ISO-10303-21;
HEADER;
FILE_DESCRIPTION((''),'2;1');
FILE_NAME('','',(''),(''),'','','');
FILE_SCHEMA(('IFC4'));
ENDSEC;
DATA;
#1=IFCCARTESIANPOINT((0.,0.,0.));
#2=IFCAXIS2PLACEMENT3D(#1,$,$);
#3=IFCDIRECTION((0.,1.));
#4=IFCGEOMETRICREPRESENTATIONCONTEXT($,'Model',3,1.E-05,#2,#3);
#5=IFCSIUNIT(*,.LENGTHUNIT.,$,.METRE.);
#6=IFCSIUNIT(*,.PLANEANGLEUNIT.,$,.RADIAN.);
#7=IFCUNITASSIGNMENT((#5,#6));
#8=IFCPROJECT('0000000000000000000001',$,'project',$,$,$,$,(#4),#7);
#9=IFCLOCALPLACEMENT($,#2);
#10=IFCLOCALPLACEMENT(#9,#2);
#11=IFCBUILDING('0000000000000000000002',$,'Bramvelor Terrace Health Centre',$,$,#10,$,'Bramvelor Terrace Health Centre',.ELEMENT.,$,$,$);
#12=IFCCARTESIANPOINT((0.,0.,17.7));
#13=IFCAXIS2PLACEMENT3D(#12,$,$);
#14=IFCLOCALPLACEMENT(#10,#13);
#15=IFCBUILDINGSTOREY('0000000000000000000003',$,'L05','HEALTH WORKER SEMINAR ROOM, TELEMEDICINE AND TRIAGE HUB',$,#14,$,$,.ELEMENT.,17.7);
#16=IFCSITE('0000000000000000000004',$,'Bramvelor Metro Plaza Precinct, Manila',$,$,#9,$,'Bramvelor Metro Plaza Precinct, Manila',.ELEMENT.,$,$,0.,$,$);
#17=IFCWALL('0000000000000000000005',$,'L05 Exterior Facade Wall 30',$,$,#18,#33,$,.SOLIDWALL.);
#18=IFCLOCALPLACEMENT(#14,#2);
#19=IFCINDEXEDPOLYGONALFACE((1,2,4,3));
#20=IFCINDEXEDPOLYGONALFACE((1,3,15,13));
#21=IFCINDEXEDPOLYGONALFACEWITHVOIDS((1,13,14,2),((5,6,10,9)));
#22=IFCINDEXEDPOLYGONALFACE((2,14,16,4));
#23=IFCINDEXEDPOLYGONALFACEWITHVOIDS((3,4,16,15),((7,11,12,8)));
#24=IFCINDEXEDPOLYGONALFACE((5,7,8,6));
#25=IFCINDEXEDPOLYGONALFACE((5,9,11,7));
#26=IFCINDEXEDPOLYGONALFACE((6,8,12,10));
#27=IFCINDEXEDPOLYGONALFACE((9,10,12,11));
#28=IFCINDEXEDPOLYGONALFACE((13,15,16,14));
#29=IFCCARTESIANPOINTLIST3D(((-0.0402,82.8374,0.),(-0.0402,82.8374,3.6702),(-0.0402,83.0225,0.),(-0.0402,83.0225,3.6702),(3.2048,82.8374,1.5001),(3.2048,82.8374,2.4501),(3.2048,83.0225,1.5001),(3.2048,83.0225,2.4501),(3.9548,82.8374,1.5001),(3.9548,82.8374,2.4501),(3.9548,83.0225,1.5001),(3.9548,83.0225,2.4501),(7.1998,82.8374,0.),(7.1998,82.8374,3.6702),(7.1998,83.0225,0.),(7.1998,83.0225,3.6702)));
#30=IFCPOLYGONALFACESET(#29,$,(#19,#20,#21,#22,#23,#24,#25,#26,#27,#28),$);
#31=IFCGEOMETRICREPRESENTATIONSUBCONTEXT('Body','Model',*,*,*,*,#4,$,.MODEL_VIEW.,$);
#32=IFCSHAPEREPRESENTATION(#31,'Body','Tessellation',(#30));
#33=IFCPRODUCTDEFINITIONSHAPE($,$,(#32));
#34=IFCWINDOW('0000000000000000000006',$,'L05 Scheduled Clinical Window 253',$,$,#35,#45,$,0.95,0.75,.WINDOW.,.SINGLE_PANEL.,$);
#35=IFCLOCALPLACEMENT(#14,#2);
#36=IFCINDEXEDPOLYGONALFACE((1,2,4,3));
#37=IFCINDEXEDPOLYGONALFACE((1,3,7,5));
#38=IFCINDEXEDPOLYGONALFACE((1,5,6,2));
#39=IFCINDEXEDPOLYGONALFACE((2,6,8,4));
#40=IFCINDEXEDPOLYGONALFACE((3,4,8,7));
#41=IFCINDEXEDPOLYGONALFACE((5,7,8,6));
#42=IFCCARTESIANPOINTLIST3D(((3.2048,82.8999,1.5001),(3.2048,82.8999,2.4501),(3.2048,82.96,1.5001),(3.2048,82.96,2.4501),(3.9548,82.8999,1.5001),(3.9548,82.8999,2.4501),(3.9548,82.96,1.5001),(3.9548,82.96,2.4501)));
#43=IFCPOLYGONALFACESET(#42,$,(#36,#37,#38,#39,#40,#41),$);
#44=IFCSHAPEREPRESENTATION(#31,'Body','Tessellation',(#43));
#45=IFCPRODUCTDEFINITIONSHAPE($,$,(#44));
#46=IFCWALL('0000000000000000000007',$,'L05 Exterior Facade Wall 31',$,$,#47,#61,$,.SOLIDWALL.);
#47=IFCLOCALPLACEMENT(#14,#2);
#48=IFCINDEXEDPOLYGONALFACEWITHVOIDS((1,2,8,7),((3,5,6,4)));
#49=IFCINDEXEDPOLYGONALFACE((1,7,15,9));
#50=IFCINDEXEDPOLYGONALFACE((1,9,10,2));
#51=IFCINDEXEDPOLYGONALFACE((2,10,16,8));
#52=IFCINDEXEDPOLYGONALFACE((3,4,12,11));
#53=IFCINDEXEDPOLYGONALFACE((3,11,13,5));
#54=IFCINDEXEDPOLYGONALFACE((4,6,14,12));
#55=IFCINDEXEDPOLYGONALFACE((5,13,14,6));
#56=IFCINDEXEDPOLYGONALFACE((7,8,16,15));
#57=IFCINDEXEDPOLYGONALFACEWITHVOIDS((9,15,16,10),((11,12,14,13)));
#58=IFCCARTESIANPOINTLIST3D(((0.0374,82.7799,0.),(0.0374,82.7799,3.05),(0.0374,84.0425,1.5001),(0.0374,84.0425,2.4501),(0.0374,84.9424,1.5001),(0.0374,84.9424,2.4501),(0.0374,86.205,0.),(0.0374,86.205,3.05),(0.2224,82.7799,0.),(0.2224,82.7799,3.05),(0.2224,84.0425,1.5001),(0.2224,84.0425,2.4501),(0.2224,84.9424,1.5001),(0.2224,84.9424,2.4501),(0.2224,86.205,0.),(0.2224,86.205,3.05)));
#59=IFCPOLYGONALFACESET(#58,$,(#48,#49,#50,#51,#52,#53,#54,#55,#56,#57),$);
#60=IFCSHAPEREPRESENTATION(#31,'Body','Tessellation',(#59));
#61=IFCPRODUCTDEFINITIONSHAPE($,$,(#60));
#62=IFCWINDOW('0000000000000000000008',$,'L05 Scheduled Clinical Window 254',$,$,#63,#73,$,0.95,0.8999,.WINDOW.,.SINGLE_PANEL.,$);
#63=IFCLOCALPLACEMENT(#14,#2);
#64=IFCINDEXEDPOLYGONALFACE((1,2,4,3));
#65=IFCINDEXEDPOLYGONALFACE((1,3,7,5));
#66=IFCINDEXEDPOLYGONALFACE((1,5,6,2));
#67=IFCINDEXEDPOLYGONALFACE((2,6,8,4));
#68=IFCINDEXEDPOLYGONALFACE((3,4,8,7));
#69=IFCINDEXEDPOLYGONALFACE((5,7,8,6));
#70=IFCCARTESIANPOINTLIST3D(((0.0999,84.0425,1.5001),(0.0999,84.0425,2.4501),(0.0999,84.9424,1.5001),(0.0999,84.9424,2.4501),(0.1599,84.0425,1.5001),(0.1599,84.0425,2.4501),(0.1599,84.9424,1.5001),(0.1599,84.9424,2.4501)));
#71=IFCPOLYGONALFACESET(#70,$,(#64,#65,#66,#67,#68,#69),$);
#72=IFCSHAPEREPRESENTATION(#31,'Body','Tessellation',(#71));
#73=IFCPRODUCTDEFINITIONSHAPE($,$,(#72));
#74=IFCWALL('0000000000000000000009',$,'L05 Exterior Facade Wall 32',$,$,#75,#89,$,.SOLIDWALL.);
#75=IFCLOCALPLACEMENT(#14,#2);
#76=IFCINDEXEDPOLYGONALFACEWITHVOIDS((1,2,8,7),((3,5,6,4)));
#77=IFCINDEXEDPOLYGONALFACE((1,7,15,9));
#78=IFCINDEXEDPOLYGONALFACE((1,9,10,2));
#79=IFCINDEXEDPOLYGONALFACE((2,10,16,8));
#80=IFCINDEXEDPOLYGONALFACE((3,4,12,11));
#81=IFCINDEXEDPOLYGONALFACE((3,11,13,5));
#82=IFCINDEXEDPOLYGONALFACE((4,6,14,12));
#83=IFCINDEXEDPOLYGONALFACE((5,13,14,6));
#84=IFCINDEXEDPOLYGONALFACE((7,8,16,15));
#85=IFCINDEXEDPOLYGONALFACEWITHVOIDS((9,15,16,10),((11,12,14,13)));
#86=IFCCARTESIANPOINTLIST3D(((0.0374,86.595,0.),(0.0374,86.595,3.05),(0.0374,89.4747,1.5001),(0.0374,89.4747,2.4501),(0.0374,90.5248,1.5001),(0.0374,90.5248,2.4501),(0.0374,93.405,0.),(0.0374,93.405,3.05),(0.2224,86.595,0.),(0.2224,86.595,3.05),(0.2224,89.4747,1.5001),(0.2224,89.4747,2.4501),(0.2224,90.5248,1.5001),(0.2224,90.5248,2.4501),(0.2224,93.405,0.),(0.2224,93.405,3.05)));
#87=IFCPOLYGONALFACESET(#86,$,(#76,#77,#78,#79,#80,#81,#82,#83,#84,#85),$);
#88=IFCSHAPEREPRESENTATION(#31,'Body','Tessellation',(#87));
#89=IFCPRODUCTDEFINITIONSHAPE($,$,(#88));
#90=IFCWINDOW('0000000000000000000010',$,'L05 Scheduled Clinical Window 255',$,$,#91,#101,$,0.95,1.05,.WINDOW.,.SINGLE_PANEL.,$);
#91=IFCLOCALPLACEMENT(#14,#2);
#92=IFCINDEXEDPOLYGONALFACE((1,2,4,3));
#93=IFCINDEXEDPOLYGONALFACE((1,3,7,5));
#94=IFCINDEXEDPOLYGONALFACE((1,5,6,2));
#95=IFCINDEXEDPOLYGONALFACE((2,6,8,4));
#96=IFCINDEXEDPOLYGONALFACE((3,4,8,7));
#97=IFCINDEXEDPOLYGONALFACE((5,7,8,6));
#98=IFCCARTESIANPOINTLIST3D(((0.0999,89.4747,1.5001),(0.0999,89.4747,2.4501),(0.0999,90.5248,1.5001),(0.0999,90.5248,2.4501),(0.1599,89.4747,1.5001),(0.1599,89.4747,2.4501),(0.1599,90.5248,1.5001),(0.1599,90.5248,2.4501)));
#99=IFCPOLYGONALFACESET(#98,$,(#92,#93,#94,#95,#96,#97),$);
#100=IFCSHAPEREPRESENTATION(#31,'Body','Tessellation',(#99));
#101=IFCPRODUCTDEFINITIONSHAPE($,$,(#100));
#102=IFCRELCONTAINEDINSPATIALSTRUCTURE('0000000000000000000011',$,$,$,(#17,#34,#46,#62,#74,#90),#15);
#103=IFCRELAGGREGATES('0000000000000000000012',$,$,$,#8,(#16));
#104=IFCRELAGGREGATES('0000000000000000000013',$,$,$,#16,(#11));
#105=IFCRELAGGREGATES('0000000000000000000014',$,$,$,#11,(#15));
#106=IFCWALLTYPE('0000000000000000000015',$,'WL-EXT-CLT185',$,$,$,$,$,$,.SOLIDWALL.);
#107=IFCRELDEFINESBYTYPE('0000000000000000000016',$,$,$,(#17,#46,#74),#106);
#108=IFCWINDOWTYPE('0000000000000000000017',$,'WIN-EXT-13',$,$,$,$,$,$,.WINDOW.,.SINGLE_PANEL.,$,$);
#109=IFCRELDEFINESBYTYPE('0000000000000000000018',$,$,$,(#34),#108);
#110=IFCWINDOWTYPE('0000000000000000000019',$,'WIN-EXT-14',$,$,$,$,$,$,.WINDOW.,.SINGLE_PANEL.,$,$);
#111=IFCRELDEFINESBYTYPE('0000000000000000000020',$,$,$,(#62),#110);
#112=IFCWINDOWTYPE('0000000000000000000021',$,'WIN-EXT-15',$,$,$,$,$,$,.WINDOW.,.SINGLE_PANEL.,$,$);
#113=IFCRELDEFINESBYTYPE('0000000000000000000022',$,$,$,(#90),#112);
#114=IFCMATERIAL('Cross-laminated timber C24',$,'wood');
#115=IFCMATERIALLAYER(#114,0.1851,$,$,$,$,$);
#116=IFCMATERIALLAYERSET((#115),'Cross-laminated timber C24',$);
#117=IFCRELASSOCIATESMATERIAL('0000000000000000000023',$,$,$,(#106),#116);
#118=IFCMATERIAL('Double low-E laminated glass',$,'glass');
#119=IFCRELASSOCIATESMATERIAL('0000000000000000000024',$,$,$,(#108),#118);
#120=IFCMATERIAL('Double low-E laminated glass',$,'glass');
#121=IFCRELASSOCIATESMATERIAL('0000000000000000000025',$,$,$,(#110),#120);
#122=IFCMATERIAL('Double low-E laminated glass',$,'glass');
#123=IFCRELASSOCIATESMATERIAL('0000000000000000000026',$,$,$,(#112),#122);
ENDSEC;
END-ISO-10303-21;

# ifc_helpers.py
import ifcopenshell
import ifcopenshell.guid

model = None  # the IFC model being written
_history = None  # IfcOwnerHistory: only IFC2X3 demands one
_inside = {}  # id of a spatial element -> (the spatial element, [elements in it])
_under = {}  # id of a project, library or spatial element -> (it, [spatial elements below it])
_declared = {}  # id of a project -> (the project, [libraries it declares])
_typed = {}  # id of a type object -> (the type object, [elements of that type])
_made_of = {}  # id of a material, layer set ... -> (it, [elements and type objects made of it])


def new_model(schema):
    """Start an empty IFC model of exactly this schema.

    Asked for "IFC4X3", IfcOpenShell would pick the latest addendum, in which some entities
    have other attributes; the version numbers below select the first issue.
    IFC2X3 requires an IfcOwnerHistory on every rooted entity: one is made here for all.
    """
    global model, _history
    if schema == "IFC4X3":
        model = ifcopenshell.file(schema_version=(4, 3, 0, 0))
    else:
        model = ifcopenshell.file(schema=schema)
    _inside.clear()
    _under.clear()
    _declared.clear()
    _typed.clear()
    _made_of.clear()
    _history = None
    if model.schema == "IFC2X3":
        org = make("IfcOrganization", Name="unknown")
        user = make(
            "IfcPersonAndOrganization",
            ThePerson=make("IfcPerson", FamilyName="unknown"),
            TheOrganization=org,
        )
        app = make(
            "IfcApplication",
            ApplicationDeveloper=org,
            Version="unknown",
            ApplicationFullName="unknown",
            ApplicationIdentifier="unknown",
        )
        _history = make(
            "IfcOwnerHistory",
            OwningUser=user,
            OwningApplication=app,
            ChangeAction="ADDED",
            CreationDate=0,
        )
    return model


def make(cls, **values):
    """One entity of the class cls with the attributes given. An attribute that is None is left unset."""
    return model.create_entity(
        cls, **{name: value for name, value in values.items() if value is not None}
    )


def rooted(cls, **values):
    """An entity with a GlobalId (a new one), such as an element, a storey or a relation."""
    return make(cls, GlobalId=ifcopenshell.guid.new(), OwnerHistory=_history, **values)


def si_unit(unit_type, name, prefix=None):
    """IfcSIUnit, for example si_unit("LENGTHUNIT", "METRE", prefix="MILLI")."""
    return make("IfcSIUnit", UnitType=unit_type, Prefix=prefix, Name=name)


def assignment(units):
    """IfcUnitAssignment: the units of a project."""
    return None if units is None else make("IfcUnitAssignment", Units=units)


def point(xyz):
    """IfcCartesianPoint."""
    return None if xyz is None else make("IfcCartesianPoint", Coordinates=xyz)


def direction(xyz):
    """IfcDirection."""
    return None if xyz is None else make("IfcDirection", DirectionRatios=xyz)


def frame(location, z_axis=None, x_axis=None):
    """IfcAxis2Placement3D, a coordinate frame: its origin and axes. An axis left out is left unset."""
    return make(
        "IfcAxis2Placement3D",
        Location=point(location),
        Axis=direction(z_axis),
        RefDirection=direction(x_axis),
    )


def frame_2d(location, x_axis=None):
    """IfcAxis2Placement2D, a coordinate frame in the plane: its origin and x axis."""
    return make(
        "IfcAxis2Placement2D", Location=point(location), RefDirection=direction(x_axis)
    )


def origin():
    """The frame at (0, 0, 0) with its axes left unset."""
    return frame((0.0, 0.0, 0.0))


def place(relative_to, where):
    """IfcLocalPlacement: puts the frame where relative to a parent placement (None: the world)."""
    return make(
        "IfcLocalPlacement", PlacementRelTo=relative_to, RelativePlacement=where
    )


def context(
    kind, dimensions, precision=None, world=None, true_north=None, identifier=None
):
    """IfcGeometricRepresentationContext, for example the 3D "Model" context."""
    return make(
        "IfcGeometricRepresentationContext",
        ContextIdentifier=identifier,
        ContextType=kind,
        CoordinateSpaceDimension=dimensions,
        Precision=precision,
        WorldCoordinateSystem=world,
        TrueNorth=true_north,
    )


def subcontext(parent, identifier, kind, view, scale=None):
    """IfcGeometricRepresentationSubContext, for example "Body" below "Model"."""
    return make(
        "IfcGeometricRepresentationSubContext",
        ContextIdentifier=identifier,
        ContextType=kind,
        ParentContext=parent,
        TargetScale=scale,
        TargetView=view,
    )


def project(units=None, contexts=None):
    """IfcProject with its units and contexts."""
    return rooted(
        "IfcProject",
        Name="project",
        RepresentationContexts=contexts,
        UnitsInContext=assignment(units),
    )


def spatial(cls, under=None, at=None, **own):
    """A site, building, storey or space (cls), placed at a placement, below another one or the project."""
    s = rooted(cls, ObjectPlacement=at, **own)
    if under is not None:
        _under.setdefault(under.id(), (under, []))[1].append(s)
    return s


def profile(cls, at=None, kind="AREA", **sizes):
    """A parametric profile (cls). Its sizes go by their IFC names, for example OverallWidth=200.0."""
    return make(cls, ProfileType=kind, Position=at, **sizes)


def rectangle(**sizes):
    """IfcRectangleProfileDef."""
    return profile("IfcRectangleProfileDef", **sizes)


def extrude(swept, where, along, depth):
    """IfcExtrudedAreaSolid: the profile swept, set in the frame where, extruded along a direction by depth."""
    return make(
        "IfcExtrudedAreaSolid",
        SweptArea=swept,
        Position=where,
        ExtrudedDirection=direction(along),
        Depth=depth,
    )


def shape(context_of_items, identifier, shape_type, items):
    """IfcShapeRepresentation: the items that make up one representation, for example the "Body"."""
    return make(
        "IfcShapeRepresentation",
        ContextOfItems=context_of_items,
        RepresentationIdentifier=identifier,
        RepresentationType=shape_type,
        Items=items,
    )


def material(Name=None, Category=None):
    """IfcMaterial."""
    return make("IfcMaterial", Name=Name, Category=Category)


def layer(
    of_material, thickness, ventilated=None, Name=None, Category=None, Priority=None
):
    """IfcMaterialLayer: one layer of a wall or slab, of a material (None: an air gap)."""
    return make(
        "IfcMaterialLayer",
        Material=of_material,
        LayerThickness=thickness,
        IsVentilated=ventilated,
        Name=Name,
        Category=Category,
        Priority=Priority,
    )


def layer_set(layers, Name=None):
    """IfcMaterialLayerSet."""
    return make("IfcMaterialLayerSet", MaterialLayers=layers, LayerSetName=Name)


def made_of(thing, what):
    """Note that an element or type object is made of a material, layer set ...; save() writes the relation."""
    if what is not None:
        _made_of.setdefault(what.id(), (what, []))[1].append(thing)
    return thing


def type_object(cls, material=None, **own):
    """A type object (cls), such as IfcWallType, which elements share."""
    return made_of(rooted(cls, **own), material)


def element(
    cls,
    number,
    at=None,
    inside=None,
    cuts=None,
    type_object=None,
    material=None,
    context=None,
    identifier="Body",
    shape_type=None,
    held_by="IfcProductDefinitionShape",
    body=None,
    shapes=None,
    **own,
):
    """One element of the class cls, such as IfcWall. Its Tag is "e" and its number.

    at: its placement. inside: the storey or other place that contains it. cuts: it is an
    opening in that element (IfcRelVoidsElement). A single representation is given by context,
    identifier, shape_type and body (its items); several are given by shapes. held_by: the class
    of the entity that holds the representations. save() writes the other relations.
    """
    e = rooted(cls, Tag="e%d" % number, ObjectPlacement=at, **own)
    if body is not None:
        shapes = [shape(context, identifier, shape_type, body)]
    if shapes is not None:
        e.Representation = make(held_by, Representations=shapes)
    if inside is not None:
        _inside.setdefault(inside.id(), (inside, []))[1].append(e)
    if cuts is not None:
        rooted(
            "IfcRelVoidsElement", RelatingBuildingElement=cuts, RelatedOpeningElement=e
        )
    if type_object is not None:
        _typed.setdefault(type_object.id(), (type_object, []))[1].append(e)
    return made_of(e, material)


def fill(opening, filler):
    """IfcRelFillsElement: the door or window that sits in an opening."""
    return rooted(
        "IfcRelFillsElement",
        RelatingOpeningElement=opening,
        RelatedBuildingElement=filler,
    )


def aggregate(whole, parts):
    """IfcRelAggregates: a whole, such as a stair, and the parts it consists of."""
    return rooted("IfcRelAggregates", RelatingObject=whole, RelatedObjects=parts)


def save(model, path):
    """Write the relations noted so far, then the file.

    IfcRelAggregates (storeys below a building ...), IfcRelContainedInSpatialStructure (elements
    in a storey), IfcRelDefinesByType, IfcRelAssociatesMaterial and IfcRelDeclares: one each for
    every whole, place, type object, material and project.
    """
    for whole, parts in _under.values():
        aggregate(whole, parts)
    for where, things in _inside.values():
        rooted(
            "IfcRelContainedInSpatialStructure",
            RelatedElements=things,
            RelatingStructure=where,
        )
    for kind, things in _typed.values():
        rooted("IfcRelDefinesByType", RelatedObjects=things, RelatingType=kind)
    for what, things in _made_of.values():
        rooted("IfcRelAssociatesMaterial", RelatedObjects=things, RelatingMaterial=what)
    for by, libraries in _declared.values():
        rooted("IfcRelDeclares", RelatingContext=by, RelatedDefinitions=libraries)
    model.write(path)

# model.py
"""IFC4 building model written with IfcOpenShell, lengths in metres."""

from ifc_helpers import new_model, si_unit, direction, frame, frame_2d, origin, place, context, subcontext, project, spatial, rectangle, extrude, material, layer, layer_set, type_object, element, fill, save


model = new_model("IFC4")

# Units and contexts
model_context = context("Model", 3, precision=1e-05, world=origin(), true_north=direction((0.0, 1.0)))
body_context = subcontext(model_context, "Body", "Model", "MODEL_VIEW")
ifc_project = project(units=[si_unit("LENGTHUNIT", "METRE"), si_unit("PLANEANGLEUNIT", "RADIAN")], contexts=[model_context])

# Site, building, storey
site_placement = place(None, origin())
site = spatial("IfcSite", under=ifc_project, at=site_placement, Name="Bramvelor Metro Plaza Precinct, Manila", LongName="Bramvelor Metro Plaza Precinct, Manila", CompositionType="ELEMENT", RefElevation=0.0)
building_placement = place(site_placement, origin())
building = spatial("IfcBuilding", under=site, at=building_placement, Name="Bramvelor Terrace Health Centre", LongName="Bramvelor Terrace Health Centre", CompositionType="ELEMENT")
storey_placement = place(building_placement, frame((0.0, 0.0, 17.7)))
storey = spatial("IfcBuildingStorey", under=building, at=storey_placement, Name="L05", Description="HEALTH WORKER SEMINAR ROOM, TELEMEDICINE AND TRIAGE HUB", CompositionType="ELEMENT", Elevation=17.7)

# Walls, openings, windows
ifc_material_1 = material(Name="Cross-laminated timber C24", Category="wood")
ifc_layer_1 = layer(ifc_material_1, 0.1851)
ifc_layer_set_1 = layer_set([ifc_layer_1], Name="Cross-laminated timber C24")
wall_type_1 = type_object("IfcWallType", Name="WL-EXT-CLT185", PredefinedType="SOLIDWALL", material=ifc_layer_set_1)
wall_1_placement = place(storey_placement, frame((7.2, 82.9299, 0.0), z_axis=(0.0, 0.0, 1.0), x_axis=(-1.0, 0.0, 0.0)))
wall_1 = element("IfcWall", 1, at=wall_1_placement, inside=storey, type_object=wall_type_1, Name="L05 Exterior Facade Wall 30", PredefinedType="SOLIDWALL", context=body_context, shape_type="SweptSolid", body=[
    extrude(rectangle(XDim=7.24, YDim=0.1851, at=frame_2d((3.6201, 0.0))), origin(), (0.0, 0.0, 1.0), 3.6702),
])
opening_1_placement = place(wall_1_placement, frame((3.2451, 0.0, 1.5)))
opening_1 = element("IfcOpeningElement", 2, at=opening_1_placement, cuts=wall_1, PredefinedType="OPENING", context=body_context, shape_type="SweptSolid", body=[
    extrude(rectangle(XDim=0.75, YDim=0.95, at=frame_2d((0.375, 0.4751))), frame((0.0, 0.1025, 0.0), z_axis=(0.0, -1.0, 0.0), x_axis=(1.0, 0.0, 0.0)), (0.0, 0.0, 1.0), 0.2051),
])
ifc_material_2 = material(Name="Double low-E laminated glass", Category="glass")
window_type_1 = type_object("IfcWindowType", Name="WIN-EXT-13", PartitioningType="SINGLE_PANEL", PredefinedType="WINDOW", material=ifc_material_2)
window_1_placement = place(opening_1_placement, origin())
window_1 = element("IfcWindow", 3, at=window_1_placement, inside=storey, type_object=window_type_1, Name="L05 Scheduled Clinical Window 253", OverallHeight=0.95, OverallWidth=0.75, PartitioningType="SINGLE_PANEL", PredefinedType="WINDOW", context=body_context, shape_type="SweptSolid", body=[
    extrude(rectangle(XDim=0.75, YDim=0.95, at=frame_2d((0.375, 0.4751))), frame((0.0, 0.03, 0.0), z_axis=(0.0, -1.0, 0.0), x_axis=(1.0, 0.0, 0.0)), (0.0, 0.0, 1.0), 0.0601),
])
fill(opening_1, window_1)
wall_2_placement = place(storey_placement, frame((0.1299, 82.78, 0.0), z_axis=(0.0, 0.0, 1.0), x_axis=(0.0, 1.0, 0.0)))
wall_2 = element("IfcWall", 4, at=wall_2_placement, inside=storey, type_object=wall_type_1, Name="L05 Exterior Facade Wall 31", PredefinedType="SOLIDWALL", context=body_context, shape_type="SweptSolid", body=[
    extrude(rectangle(XDim=3.425, YDim=0.1851, at=frame_2d((1.7124, 0.0))), origin(), (0.0, 0.0, 1.0), 3.05),
])
opening_2_placement = place(wall_2_placement, frame((1.2625, 0.0, 1.5)))
opening_2 = element("IfcOpeningElement", 5, at=opening_2_placement, cuts=wall_2, PredefinedType="OPENING", context=body_context, shape_type="SweptSolid", body=[
    extrude(rectangle(XDim=0.8999, YDim=0.95, at=frame_2d((0.45, 0.4751))), frame((0.0, 0.1025, 0.0), z_axis=(0.0, -1.0, 0.0), x_axis=(1.0, 0.0, 0.0)), (0.0, 0.0, 1.0), 0.2051),
])
ifc_material_3 = material(Name="Double low-E laminated glass", Category="glass")
window_type_2 = type_object("IfcWindowType", Name="WIN-EXT-14", PartitioningType="SINGLE_PANEL", PredefinedType="WINDOW", material=ifc_material_3)
window_2_placement = place(opening_2_placement, origin())
window_2 = element("IfcWindow", 6, at=window_2_placement, inside=storey, type_object=window_type_2, Name="L05 Scheduled Clinical Window 254", OverallHeight=0.95, OverallWidth=0.8999, PartitioningType="SINGLE_PANEL", PredefinedType="WINDOW", context=body_context, shape_type="SweptSolid", body=[
    extrude(rectangle(XDim=0.8999, YDim=0.95, at=frame_2d((0.45, 0.4751))), frame((0.0, 0.03, 0.0), z_axis=(0.0, -1.0, 0.0), x_axis=(1.0, 0.0, 0.0)), (0.0, 0.0, 1.0), 0.0601),
])
fill(opening_2, window_2)
wall_3_placement = place(storey_placement, frame((0.1299, 86.595, 0.0), z_axis=(0.0, 0.0, 1.0), x_axis=(0.0, 1.0, 0.0)))
wall_3 = element("IfcWall", 7, at=wall_3_placement, inside=storey, type_object=wall_type_1, Name="L05 Exterior Facade Wall 32", PredefinedType="SOLIDWALL", context=body_context, shape_type="SweptSolid", body=[
    extrude(rectangle(XDim=6.8101, YDim=0.1851, at=frame_2d((3.405, 0.0))), origin(), (0.0, 0.0, 1.0), 3.05),
])
opening_3_placement = place(wall_3_placement, frame((2.8799, 0.0, 1.5)))
opening_3 = element("IfcOpeningElement", 8, at=opening_3_placement, cuts=wall_3, PredefinedType="OPENING", context=body_context, shape_type="SweptSolid", body=[
    extrude(rectangle(XDim=1.05, YDim=0.95, at=frame_2d((0.5249, 0.4751))), frame((0.0, 0.1025, 0.0), z_axis=(0.0, -1.0, 0.0), x_axis=(1.0, 0.0, 0.0)), (0.0, 0.0, 1.0), 0.2051),
])
ifc_material_4 = material(Name="Double low-E laminated glass", Category="glass")
window_type_3 = type_object("IfcWindowType", Name="WIN-EXT-15", PartitioningType="SINGLE_PANEL", PredefinedType="WINDOW", material=ifc_material_4)
window_3_placement = place(opening_3_placement, origin())
window_3 = element("IfcWindow", 9, at=window_3_placement, inside=storey, type_object=window_type_3, Name="L05 Scheduled Clinical Window 255", OverallHeight=0.95, OverallWidth=1.05, PartitioningType="SINGLE_PANEL", PredefinedType="WINDOW", context=body_context, shape_type="SweptSolid", body=[
    extrude(rectangle(XDim=1.05, YDim=0.95, at=frame_2d((0.5249, 0.4751))), frame((0.0, 0.03, 0.0), z_axis=(0.0, -1.0, 0.0), x_axis=(1.0, 0.0, 0.0)), (0.0, 0.0, 1.0), 0.0601),
])
fill(opening_3, window_3)

save(model, "model.ifc")
